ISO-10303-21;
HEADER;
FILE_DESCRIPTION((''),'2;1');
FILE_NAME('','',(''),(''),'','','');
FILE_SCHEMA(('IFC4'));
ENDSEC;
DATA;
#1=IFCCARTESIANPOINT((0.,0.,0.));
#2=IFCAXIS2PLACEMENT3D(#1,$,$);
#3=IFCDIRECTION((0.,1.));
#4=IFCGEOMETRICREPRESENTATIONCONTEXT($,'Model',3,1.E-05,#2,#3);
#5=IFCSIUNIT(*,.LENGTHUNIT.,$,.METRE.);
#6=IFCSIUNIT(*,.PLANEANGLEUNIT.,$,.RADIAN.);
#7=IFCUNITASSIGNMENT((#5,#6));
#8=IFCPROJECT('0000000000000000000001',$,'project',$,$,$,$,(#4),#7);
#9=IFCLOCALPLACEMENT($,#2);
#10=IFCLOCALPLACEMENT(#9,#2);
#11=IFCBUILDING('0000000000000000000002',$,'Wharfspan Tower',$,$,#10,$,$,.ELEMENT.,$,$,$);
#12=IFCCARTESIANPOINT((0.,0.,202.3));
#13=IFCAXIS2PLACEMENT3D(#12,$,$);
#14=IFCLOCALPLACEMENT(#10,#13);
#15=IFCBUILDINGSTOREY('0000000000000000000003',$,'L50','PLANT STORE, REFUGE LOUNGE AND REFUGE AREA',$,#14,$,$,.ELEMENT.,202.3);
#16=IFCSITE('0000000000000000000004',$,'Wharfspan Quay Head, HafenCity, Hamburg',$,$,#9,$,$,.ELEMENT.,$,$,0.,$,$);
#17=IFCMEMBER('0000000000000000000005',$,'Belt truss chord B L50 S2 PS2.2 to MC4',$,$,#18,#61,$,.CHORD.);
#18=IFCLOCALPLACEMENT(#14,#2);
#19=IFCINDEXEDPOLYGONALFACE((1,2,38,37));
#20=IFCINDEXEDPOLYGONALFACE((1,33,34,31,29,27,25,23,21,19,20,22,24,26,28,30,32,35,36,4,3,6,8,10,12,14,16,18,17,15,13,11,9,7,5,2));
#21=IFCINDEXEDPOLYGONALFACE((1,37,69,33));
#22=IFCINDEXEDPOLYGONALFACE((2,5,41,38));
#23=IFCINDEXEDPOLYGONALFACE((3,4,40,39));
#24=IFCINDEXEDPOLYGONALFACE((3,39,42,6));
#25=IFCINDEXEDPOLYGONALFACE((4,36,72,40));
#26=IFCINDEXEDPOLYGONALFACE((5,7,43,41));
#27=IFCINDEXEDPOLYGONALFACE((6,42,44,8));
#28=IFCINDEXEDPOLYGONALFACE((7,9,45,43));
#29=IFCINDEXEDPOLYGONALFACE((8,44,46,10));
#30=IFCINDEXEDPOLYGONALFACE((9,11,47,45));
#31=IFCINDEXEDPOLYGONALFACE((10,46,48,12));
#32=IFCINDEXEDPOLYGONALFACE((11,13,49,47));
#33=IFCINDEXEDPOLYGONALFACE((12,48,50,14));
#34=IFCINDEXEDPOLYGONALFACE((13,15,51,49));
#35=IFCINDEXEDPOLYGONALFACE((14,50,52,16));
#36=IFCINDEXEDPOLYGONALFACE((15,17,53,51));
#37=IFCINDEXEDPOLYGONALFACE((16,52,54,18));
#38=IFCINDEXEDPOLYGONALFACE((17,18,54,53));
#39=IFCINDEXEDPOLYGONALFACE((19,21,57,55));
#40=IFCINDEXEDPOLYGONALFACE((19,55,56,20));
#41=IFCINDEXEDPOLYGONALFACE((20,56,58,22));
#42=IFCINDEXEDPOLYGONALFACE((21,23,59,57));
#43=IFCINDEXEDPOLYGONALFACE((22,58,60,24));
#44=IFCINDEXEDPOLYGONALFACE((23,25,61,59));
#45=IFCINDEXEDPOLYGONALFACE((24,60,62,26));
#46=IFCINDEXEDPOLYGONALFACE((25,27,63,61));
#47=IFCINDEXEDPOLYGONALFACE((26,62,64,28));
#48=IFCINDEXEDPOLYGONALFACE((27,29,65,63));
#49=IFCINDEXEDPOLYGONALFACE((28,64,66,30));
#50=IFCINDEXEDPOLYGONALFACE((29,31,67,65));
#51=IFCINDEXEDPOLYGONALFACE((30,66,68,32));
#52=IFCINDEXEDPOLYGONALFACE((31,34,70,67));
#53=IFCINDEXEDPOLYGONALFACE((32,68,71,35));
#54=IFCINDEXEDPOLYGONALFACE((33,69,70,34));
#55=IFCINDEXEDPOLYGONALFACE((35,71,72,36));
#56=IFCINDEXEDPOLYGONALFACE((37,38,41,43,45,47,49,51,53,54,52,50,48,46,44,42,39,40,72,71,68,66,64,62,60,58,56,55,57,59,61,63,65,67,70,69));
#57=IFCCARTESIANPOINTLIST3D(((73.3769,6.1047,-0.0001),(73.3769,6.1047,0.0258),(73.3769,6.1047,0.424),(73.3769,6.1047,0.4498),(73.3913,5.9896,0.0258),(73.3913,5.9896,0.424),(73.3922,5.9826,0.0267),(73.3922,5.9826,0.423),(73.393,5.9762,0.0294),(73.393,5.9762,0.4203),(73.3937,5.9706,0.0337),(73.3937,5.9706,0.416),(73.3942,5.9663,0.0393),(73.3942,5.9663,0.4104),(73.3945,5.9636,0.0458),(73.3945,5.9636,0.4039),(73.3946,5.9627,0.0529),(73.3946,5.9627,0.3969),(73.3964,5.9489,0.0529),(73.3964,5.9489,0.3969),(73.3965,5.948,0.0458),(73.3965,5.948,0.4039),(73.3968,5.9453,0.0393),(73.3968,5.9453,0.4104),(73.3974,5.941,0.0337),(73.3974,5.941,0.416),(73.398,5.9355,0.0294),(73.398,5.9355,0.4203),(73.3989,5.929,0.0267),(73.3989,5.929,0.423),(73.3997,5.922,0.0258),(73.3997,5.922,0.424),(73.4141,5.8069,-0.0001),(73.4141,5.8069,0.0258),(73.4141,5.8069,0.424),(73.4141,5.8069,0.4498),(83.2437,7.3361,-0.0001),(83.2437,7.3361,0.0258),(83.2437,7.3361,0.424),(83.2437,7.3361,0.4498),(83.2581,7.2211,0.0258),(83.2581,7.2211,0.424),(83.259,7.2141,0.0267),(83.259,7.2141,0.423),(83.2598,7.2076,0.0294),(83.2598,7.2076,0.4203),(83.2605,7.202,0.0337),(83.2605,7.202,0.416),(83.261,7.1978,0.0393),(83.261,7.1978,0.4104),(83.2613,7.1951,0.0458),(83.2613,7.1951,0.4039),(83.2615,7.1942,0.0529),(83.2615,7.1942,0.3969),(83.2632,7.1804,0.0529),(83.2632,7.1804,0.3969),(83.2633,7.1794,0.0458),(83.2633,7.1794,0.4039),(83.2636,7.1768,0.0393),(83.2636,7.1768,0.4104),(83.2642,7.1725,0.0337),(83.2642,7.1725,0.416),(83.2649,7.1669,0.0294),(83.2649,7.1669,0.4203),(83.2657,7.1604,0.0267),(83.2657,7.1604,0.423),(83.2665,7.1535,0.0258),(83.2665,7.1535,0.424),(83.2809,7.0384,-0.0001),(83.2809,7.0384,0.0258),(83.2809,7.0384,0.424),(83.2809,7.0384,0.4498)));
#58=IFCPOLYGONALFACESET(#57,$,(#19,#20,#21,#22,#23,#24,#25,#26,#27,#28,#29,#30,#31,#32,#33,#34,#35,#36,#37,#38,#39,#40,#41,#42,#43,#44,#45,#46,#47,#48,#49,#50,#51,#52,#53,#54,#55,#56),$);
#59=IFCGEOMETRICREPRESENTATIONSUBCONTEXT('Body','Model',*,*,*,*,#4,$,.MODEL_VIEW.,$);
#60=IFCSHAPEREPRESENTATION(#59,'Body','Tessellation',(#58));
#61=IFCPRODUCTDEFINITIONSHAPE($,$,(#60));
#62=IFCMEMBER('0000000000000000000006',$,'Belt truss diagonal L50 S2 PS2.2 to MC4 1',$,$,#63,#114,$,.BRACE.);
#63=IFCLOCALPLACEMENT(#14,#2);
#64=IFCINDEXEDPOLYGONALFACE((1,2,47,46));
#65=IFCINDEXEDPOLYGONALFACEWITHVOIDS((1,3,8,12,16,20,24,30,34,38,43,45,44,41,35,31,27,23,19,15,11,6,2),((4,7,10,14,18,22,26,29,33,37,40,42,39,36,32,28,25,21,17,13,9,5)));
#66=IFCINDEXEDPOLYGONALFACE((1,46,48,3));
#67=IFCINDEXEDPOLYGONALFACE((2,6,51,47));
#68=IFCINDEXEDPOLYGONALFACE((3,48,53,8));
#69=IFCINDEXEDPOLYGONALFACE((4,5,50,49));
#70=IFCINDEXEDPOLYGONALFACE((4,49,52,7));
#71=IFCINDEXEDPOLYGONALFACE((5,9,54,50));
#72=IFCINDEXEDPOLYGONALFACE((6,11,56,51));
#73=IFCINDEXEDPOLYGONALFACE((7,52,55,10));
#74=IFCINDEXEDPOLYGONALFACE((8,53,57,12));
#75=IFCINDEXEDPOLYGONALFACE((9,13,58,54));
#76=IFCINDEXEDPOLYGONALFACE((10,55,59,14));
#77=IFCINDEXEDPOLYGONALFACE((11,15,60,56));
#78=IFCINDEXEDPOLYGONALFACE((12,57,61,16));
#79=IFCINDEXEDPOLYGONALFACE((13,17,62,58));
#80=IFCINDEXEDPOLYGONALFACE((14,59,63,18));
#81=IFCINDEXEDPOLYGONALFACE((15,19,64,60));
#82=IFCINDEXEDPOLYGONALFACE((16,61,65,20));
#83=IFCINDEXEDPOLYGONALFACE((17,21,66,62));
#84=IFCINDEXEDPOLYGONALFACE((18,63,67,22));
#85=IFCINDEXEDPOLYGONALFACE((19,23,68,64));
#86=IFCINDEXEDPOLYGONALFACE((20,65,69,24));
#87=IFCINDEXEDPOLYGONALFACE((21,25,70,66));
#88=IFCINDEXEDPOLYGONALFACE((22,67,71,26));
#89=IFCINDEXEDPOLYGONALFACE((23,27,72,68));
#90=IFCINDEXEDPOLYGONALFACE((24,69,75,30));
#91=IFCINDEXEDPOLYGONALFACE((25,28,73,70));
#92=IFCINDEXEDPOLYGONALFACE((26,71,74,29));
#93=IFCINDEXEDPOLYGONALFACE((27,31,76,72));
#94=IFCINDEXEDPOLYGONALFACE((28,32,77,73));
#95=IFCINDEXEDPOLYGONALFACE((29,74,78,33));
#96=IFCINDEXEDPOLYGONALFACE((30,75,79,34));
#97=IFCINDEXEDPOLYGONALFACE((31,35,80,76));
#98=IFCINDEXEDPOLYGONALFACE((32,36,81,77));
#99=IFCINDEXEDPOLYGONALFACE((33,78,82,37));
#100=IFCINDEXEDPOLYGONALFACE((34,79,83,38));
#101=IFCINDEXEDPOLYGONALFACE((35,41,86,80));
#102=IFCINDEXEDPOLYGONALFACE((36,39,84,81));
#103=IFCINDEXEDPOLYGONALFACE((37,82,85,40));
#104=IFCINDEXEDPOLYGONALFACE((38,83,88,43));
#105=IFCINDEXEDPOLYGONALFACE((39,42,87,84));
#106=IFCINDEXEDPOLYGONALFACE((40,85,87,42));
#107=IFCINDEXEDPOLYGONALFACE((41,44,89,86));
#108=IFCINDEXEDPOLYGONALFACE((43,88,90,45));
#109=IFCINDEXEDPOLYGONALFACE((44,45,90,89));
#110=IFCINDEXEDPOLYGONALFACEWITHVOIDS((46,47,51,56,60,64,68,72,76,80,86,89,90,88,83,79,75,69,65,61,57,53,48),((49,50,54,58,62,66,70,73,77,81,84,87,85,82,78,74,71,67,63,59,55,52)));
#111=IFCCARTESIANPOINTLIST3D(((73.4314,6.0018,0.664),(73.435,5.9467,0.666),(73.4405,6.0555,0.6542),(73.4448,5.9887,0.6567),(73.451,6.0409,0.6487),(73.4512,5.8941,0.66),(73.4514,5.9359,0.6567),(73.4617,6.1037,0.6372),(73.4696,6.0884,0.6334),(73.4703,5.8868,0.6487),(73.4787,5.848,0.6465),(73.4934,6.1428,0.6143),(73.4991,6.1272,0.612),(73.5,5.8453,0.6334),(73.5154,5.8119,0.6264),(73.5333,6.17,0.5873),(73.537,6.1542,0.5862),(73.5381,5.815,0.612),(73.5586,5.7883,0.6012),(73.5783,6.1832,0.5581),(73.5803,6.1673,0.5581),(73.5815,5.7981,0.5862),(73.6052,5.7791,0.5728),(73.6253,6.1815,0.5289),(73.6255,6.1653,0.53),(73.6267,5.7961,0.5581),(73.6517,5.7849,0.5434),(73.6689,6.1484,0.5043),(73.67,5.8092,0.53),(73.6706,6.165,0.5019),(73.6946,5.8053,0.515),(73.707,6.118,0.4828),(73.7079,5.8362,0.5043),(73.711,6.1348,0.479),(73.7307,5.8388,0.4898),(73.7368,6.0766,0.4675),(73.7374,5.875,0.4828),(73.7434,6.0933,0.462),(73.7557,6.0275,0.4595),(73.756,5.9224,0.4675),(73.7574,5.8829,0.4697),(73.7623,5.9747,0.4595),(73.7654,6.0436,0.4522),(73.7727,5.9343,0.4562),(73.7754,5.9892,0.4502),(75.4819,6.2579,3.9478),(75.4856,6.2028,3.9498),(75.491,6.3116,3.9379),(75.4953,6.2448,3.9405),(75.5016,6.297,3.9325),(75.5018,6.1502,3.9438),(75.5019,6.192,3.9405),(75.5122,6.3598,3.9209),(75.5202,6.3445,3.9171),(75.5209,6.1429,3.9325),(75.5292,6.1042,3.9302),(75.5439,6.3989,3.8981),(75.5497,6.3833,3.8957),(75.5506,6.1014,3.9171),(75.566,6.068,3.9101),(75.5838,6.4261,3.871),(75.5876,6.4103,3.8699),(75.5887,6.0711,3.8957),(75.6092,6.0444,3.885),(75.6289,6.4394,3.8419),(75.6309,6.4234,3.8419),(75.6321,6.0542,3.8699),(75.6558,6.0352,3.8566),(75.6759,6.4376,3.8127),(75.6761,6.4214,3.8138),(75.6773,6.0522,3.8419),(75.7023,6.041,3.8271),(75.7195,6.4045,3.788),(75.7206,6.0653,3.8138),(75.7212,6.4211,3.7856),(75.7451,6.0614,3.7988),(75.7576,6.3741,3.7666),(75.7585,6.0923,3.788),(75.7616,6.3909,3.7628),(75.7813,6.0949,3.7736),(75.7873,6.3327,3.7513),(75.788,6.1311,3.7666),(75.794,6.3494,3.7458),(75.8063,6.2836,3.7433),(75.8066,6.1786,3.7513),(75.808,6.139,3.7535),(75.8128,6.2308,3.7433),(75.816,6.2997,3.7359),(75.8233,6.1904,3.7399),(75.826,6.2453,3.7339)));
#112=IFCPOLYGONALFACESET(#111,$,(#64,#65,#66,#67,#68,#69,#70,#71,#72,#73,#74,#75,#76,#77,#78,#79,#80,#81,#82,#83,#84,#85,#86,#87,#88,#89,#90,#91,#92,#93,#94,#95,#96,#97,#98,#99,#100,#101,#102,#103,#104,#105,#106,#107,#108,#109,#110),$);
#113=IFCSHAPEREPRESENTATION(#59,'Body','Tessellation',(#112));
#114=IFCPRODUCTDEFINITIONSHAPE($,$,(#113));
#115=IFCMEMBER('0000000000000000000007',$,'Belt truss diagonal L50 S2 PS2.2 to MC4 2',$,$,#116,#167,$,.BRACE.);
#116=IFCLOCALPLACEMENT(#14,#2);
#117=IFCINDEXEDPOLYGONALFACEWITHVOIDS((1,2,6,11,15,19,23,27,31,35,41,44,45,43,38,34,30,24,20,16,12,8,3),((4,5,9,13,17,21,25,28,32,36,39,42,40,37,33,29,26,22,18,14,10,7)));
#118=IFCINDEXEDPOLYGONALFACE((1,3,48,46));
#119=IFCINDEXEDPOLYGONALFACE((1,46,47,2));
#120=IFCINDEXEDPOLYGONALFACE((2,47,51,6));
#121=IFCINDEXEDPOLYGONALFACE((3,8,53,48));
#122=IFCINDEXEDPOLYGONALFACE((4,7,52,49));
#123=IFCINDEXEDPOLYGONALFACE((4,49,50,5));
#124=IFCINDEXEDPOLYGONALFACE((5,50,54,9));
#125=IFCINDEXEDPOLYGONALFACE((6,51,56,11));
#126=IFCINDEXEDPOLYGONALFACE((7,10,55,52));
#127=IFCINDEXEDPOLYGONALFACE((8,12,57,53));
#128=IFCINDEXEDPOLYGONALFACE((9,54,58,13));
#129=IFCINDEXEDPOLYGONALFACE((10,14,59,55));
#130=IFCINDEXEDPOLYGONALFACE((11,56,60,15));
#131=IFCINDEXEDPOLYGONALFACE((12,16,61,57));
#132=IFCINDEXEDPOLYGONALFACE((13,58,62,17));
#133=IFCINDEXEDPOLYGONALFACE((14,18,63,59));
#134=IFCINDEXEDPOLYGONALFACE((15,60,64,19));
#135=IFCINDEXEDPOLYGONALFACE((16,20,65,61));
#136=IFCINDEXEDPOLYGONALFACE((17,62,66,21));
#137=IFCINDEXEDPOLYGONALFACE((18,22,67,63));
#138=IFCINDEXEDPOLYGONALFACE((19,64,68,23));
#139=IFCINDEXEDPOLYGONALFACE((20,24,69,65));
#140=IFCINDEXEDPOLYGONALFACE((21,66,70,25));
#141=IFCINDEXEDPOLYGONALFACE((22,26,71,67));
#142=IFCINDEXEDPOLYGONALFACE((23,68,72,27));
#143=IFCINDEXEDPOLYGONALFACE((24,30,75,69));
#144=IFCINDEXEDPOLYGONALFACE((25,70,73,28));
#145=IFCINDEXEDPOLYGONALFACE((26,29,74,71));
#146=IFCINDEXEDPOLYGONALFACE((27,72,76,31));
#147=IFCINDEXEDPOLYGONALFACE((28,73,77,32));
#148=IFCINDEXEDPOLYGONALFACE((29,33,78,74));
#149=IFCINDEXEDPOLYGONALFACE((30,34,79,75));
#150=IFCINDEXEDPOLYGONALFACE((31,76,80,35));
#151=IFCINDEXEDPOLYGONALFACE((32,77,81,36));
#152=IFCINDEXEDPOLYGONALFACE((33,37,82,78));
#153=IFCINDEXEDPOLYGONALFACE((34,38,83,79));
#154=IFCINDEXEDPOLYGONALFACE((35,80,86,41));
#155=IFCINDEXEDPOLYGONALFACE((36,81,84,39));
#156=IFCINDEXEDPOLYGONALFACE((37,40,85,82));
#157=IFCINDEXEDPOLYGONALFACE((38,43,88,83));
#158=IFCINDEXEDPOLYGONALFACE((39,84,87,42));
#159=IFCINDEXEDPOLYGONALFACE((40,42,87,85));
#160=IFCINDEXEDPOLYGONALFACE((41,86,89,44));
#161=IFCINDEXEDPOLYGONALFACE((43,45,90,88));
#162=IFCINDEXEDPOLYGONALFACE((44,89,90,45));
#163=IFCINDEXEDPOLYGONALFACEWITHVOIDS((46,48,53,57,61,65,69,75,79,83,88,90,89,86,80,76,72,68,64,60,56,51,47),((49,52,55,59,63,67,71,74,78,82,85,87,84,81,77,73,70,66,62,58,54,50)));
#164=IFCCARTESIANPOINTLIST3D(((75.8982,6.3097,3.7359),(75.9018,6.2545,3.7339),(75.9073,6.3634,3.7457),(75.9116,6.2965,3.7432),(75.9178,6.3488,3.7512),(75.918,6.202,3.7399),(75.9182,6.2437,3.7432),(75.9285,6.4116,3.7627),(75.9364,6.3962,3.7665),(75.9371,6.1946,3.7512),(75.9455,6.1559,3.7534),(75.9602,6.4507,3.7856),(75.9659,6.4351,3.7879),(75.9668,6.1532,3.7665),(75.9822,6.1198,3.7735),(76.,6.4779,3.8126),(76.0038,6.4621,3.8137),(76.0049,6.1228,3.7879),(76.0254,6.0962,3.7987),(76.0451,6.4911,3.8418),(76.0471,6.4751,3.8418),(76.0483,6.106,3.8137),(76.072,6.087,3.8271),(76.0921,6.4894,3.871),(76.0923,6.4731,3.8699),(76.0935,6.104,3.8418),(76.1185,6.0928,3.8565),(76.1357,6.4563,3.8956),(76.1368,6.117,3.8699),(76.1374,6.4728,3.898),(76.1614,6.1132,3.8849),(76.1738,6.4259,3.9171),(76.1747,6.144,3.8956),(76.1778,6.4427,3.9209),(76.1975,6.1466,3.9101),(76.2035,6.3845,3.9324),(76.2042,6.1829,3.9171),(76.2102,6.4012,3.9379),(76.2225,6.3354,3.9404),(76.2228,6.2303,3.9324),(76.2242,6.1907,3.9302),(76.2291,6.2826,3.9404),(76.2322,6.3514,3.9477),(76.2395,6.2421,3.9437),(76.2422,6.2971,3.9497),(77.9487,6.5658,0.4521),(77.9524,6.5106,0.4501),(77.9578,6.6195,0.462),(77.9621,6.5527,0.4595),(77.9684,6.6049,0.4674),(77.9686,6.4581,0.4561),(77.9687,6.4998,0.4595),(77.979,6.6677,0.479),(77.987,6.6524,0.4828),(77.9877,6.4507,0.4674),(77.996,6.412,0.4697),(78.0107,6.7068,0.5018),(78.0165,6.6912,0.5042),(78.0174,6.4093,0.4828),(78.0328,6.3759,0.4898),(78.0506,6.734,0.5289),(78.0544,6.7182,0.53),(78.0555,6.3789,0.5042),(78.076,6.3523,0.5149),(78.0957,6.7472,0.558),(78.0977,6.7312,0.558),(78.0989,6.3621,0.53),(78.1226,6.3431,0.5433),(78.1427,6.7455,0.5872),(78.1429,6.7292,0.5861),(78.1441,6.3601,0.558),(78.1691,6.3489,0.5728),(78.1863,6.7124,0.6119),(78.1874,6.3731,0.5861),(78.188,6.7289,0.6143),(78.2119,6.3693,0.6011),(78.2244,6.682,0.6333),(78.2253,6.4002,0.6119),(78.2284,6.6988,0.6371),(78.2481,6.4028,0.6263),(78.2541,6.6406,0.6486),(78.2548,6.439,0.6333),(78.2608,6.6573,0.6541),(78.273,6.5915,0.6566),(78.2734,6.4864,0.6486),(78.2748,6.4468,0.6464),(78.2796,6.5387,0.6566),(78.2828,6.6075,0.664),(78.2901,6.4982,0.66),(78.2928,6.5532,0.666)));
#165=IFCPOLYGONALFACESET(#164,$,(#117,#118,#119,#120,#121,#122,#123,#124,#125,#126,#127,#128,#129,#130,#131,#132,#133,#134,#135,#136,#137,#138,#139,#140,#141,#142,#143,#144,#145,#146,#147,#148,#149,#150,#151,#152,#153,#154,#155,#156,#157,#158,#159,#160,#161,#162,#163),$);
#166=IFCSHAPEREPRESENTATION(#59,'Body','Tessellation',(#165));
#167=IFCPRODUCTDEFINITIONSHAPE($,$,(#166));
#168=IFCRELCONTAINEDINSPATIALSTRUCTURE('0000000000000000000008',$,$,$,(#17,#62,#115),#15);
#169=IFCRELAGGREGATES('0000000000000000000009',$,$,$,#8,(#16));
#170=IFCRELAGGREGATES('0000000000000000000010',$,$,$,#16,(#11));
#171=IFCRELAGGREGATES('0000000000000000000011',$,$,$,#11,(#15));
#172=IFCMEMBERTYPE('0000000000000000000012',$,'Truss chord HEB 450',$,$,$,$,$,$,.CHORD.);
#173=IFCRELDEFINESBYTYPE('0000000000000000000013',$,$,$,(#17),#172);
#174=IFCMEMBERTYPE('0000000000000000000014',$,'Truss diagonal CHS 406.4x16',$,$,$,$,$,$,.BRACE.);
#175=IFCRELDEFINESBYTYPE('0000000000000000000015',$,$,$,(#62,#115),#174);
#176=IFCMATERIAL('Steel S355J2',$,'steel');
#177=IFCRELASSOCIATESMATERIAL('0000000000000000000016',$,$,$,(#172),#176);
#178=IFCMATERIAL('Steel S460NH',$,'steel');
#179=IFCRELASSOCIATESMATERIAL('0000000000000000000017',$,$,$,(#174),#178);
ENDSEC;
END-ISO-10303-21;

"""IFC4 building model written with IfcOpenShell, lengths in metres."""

from ifc_helpers import new_model, si_unit, direction, frame, origin, origin_2d, place, context, subcontext, project, spatial, hollow_circle, i_section, extrude, material, material_profile, profile_set, type_object, element, save


model = new_model("IFC4")

# Units and contexts
model_context = context("Model", 3, precision=1e-05, world=origin(), true_north=direction((0.0, 1.0)))
body_context = subcontext(model_context, "Body", "Model", "MODEL_VIEW")
ifc_project = project(units=[si_unit("LENGTHUNIT", "METRE"), si_unit("PLANEANGLEUNIT", "RADIAN")], contexts=[model_context])

# Site, building, storey
site_placement = place(None, origin())
site = spatial("IfcSite", under=ifc_project, at=site_placement, Name="Wharfspan Quay Head, HafenCity, Hamburg", CompositionType="ELEMENT", RefElevation=0.0)
building_placement = place(site_placement, origin())
building = spatial("IfcBuilding", under=site, at=building_placement, Name="Wharfspan Tower", CompositionType="ELEMENT")
storey_placement = place(building_placement, frame((0.0, 0.0, 202.3)))
storey = spatial("IfcBuildingStorey", under=building, at=storey_placement, Name="L50", Description="PLANT STORE, REFUGE LOUNGE AND REFUGE AREA", CompositionType="ELEMENT", Elevation=202.3)

# Members
ifc_material_1 = material(Name="Steel S355J2", Category="steel")
ifc_material_profile_1 = material_profile(ifc_material_1, i_section(OverallWidth=0.3, OverallDepth=0.45, WebThickness=0.0139, FlangeThickness=0.0259, FilletRadius=0.0271, at=origin_2d()))
ifc_profile_set_1 = profile_set([ifc_material_profile_1], Name="Steel S355J2")
member_type_1 = type_object("IfcMemberType", Name="Truss chord HEB 450", PredefinedType="CHORD", material=ifc_profile_set_1)
member_placement = place(storey_placement, frame((73.3955, 5.9558, 0.2249), z_axis=(0.992301, 0.123847, 0.0), x_axis=(-0.123847, 0.992301, 0.0)))
element("IfcMember", 1, at=member_placement, inside=storey, type_object=member_type_1, Name="Belt truss chord B L50 S2 PS2.2 to MC4", PredefinedType="CHORD", context=body_context, shape_type="SweptSolid", body=[
    extrude(i_section(OverallWidth=0.3, OverallDepth=0.45, WebThickness=0.0139, FlangeThickness=0.0259, FilletRadius=0.0271, at=origin_2d()), origin(), (0.0, 0.0, 1.0), 9.9434),
])
ifc_material_2 = material(Name="Steel S460NH", Category="steel")
ifc_material_profile_2 = material_profile(ifc_material_2, hollow_circle(Radius=0.2031, WallThickness=0.0161, at=origin_2d()))
ifc_profile_set_2 = profile_set([ifc_material_profile_2], Name="Steel S460NH")
member_type_2 = type_object("IfcMemberType", Name="Truss diagonal CHS 406.4x16", PredefinedType="BRACE", material=ifc_profile_set_2)
for number, where, z_axis, x_axis, name in (
    (2, (73.6035, 5.9817, 0.5581), (0.528515, 0.066009, 0.846354), (-0.123934, 0.992291, 0.000001), "Belt truss diagonal L50 S2 PS2.2 to MC4 1"),
    (3, (76.0703, 6.2896, 3.8418), (0.528515, 0.066009, -0.846354), (-0.123934, 0.992291, -0.000001), "Belt truss diagonal L50 S2 PS2.2 to MC4 2"),
):
    element("IfcMember", number, at=place(storey_placement, frame(where, z_axis=z_axis, x_axis=x_axis)), inside=storey, type_object=member_type_2, Name=name, PredefinedType="BRACE", context=body_context, shape_type="SweptSolid", body=[
        extrude(hollow_circle(Radius=0.2031, WallThickness=0.0161, at=origin_2d()), origin(), (0.0, 0.0, 1.0), 3.8799),
    ])

save(model, "model.ifc")
